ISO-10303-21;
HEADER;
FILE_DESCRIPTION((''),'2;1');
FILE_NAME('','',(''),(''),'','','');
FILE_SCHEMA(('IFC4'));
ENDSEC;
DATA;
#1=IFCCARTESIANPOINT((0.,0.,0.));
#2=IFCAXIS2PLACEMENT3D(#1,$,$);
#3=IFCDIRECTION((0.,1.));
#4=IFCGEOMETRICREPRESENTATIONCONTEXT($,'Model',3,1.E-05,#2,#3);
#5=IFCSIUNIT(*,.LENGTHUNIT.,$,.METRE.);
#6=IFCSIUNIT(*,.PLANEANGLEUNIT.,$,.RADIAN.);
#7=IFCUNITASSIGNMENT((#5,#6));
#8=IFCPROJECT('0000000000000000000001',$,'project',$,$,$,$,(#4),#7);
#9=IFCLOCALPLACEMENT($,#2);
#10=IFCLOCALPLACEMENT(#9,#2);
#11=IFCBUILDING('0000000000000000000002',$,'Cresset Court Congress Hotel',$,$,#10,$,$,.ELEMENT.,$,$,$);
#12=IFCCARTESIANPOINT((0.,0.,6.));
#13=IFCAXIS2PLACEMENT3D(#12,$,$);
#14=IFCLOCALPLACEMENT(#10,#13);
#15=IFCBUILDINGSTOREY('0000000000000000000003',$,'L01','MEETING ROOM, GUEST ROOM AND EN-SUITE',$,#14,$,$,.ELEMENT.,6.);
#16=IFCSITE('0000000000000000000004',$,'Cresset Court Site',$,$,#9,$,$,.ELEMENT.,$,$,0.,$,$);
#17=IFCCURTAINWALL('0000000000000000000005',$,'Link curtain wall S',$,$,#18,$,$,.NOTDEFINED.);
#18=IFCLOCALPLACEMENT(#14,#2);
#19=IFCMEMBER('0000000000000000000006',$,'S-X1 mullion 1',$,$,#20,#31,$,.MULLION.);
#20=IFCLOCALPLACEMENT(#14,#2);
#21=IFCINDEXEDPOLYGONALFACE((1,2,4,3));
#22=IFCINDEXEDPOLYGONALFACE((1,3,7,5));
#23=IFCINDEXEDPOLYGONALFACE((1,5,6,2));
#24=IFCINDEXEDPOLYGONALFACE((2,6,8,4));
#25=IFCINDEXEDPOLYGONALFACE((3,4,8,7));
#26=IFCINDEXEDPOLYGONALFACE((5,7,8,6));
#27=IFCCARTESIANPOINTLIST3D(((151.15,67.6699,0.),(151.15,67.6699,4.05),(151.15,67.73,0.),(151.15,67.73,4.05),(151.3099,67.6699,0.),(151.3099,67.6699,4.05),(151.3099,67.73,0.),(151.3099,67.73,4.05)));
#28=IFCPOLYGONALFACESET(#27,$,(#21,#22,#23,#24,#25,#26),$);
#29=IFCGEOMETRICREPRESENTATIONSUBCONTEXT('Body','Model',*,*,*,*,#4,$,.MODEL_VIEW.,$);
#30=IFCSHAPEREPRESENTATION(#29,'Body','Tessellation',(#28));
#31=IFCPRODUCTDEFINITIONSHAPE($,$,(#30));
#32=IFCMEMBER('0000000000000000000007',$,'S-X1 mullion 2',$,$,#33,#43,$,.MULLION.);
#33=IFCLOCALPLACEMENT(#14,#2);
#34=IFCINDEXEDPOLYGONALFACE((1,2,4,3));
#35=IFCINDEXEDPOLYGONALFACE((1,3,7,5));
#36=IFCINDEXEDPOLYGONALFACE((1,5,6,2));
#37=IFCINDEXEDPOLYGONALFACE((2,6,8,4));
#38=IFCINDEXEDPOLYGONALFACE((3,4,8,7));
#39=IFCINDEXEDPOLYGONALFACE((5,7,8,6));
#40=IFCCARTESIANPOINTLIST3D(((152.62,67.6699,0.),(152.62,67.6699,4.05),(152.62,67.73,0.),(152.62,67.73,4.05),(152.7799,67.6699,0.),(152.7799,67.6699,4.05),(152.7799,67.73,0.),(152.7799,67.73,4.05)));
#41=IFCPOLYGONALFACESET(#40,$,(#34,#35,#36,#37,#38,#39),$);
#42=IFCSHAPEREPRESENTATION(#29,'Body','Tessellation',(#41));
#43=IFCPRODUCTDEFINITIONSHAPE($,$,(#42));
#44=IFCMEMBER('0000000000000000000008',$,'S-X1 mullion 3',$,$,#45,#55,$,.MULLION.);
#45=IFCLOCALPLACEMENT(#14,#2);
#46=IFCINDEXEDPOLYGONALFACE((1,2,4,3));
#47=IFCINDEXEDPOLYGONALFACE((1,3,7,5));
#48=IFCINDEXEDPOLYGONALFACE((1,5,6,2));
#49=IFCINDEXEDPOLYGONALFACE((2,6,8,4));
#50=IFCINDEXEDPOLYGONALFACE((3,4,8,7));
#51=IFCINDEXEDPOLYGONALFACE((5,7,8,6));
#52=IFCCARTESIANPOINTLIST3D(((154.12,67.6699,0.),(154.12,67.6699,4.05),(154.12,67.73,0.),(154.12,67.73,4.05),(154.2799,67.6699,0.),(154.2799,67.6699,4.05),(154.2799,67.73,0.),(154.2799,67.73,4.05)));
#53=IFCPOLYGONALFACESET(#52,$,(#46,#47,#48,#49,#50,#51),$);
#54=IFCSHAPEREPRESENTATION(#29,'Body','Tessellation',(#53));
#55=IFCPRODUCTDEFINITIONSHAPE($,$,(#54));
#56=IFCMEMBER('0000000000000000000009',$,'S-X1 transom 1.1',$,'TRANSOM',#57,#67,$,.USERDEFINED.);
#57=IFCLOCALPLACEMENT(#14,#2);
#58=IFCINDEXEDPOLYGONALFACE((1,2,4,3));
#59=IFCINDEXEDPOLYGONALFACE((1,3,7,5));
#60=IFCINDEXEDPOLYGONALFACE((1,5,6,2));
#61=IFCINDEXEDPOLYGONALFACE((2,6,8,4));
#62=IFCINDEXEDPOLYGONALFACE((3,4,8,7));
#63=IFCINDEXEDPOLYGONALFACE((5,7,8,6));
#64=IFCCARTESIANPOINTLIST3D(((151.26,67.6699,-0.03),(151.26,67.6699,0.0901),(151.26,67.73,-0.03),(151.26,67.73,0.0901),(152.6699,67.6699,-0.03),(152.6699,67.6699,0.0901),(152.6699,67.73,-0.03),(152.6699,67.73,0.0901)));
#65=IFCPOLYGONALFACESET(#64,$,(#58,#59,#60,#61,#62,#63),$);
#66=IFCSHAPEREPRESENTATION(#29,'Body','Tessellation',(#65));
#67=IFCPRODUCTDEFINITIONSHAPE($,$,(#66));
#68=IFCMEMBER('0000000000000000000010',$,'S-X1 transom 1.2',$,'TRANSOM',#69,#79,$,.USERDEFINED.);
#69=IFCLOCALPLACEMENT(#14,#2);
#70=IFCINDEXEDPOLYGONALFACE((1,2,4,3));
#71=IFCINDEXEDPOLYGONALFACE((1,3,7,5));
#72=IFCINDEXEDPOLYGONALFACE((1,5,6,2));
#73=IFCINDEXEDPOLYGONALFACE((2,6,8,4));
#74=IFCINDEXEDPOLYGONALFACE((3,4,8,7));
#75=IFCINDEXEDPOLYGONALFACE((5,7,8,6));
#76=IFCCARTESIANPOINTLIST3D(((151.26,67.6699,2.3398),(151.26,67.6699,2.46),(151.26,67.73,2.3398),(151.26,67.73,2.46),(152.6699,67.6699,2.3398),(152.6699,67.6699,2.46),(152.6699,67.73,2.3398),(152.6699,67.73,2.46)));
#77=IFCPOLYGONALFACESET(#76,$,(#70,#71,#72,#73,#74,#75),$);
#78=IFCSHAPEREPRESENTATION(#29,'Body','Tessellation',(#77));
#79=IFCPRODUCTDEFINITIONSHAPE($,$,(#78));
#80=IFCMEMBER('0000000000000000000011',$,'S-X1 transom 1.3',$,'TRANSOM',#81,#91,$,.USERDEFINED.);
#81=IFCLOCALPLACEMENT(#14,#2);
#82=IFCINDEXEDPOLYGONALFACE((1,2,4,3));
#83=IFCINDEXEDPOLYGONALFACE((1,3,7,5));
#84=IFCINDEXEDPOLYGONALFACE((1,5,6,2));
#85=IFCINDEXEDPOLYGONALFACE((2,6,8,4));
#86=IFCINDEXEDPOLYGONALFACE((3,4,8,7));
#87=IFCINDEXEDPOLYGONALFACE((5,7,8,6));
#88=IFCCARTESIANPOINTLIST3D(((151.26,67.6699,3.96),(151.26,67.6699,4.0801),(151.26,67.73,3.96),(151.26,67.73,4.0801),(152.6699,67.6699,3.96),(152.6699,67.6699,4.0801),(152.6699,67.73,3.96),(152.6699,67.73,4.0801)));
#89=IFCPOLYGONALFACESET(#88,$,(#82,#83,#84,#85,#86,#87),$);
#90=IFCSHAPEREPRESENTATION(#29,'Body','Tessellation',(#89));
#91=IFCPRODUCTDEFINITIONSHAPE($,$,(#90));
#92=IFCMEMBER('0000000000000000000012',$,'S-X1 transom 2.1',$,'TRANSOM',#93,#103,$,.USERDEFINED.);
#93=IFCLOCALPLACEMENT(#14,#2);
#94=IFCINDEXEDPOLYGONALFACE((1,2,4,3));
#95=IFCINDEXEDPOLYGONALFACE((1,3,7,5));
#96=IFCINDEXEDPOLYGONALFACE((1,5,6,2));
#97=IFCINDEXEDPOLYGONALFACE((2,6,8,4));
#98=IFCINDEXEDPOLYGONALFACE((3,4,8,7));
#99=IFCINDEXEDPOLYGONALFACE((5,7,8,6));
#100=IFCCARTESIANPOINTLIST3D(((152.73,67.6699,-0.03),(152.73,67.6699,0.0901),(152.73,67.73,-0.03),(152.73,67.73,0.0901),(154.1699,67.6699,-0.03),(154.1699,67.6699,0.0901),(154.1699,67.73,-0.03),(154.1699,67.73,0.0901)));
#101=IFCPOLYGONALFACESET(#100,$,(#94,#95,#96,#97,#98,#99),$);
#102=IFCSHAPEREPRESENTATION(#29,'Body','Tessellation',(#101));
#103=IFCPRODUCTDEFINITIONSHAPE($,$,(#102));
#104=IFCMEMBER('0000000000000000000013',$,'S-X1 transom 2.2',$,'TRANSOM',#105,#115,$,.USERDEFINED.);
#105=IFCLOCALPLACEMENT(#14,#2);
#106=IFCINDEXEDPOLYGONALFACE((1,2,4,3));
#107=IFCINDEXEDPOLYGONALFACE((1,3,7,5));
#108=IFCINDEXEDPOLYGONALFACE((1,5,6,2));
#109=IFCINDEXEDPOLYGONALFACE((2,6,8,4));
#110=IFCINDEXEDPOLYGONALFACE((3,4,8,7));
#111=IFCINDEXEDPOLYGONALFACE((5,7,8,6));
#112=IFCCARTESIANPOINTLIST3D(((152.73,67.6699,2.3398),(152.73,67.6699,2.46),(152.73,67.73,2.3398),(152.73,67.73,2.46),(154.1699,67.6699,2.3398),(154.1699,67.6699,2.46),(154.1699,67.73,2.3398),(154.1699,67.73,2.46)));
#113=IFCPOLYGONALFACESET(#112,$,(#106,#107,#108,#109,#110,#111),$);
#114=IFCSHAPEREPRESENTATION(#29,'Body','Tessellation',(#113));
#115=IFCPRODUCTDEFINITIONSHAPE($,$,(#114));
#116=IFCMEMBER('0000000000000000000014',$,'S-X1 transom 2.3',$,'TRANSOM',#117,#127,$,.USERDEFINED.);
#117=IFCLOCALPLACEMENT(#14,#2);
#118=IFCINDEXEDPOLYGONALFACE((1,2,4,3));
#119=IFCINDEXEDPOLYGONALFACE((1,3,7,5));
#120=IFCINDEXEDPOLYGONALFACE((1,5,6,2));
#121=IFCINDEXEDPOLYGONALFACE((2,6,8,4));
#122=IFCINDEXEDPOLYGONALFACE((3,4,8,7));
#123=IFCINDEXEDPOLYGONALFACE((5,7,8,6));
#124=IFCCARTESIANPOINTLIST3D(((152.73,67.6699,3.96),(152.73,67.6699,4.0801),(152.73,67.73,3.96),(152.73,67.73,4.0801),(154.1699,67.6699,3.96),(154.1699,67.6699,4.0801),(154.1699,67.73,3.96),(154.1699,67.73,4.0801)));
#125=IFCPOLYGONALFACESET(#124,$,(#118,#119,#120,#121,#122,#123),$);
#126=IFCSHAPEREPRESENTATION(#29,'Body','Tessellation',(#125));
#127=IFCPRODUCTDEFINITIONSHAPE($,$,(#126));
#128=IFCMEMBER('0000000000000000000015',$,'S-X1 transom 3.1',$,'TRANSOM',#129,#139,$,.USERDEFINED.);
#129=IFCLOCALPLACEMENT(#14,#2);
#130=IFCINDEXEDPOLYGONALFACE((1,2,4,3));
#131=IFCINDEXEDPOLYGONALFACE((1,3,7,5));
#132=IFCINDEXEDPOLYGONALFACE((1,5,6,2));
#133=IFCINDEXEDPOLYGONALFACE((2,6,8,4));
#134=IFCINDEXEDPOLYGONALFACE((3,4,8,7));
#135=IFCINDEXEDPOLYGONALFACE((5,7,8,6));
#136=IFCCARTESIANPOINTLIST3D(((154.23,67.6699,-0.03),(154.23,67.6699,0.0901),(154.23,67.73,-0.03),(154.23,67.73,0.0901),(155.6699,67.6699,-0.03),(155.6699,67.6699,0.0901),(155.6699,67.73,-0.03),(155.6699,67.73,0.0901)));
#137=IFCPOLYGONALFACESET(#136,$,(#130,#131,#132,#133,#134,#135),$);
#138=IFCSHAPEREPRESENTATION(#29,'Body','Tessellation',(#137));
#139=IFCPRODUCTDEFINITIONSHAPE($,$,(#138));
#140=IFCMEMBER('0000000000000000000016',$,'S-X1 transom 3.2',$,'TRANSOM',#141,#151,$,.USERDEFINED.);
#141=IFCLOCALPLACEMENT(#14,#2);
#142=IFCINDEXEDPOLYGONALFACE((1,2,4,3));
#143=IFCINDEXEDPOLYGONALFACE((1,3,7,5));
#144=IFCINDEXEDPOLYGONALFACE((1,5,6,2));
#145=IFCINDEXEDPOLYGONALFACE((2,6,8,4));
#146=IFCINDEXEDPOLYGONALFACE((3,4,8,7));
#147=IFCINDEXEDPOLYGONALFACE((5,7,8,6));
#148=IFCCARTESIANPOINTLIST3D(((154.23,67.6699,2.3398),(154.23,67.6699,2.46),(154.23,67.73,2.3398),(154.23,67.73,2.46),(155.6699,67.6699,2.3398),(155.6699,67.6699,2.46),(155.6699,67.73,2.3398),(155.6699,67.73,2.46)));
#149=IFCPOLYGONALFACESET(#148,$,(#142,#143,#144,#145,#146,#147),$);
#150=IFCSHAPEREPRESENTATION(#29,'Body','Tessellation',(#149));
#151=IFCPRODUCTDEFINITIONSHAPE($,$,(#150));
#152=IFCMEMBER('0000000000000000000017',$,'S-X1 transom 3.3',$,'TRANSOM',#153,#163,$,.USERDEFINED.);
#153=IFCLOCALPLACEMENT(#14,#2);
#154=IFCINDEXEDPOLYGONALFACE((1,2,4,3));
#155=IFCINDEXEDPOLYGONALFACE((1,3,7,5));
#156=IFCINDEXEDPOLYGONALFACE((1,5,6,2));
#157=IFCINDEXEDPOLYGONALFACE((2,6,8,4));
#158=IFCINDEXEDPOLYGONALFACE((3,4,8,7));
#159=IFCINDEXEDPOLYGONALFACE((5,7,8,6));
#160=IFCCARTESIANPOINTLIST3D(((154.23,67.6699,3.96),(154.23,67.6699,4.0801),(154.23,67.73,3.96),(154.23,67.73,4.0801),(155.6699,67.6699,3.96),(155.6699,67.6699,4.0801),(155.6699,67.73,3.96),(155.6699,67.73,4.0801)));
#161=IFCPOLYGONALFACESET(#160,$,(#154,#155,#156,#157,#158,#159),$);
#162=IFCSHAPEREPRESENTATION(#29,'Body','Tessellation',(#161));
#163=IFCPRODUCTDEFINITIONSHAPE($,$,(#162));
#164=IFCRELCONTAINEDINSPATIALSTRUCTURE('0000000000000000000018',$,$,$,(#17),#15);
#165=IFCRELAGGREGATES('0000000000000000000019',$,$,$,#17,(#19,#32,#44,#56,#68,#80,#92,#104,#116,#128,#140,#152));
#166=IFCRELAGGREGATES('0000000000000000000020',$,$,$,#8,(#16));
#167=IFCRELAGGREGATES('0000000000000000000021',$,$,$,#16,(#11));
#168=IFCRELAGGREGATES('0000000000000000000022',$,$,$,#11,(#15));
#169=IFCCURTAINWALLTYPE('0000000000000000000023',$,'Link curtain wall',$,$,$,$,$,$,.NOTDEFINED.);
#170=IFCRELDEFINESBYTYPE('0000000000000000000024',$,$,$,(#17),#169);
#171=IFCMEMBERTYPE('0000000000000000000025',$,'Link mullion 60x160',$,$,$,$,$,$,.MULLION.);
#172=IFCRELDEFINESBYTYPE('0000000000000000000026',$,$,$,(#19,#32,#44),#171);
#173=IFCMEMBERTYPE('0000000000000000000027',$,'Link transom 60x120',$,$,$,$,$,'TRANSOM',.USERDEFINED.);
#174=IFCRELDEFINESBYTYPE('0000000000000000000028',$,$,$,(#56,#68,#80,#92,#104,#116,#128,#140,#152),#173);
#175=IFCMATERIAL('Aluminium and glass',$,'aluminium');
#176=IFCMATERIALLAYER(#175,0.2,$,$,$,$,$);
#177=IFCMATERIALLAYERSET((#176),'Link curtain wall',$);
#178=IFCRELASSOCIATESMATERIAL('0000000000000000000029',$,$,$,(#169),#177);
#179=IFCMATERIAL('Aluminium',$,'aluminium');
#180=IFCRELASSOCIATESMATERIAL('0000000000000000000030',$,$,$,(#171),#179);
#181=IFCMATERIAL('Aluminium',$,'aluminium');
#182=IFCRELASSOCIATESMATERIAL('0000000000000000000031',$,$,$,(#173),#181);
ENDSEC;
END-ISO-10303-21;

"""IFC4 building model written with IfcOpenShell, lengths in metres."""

from ifc_helpers import new_model, si_unit, direction, frame, origin, origin_2d, place, context, subcontext, project, spatial, rectangle, extrude, material, layer, layer_set, material_profile, profile_set, type_object, element, aggregate, save


model = new_model("IFC4")

# Units and contexts
model_context = context("Model", 3, precision=1e-05, world=origin(), true_north=direction((0.0, 1.0)))
body_context = subcontext(model_context, "Body", "Model", "MODEL_VIEW")
ifc_project = project(units=[si_unit("LENGTHUNIT", "METRE"), si_unit("PLANEANGLEUNIT", "RADIAN")], contexts=[model_context])

# Site, building, storey
site_placement = place(None, origin())
site = spatial("IfcSite", under=ifc_project, at=site_placement, Name="Cresset Court Site", CompositionType="ELEMENT", RefElevation=0.0)
building_placement = place(site_placement, origin())
building = spatial("IfcBuilding", under=site, at=building_placement, Name="Cresset Court Congress Hotel", CompositionType="ELEMENT")
storey_placement = place(building_placement, frame((0.0, 0.0, 6.0)))
storey = spatial("IfcBuildingStorey", under=building, at=storey_placement, Name="L01", Description="MEETING ROOM, GUEST ROOM AND EN-SUITE", CompositionType="ELEMENT", Elevation=6.0)

# Curtain wall, members
ifc_material_1 = material(Name="Aluminium and glass", Category="aluminium")
ifc_layer_1 = layer(ifc_material_1, 0.2)
ifc_layer_set_1 = layer_set([ifc_layer_1], Name="Link curtain wall")
curtain_wall_type = type_object("IfcCurtainWallType", Name="Link curtain wall", PredefinedType="NOTDEFINED", material=ifc_layer_set_1)
curtain_wall_placement = place(storey_placement, origin())
curtain_wall = element("IfcCurtainWall", 1, at=curtain_wall_placement, inside=storey, type_object=curtain_wall_type, Name="Link curtain wall S", PredefinedType="NOTDEFINED")
ifc_material_2 = material(Name="Aluminium", Category="aluminium")
ifc_material_profile_1 = material_profile(ifc_material_2, rectangle(XDim=0.0601, YDim=0.1599, at=origin_2d()), Name="Mullion 60x160")
ifc_profile_set_1 = profile_set([ifc_material_profile_1], Name="Aluminium")
member_type_1 = type_object("IfcMemberType", Name="Link mullion 60x160", PredefinedType="MULLION", material=ifc_profile_set_1)
member_1_placement = place(storey_placement, frame((151.23, 67.7, 0.0), z_axis=(0.0, 0.0, 1.0), x_axis=(0.0, 1.0, 0.0)))
member_1 = element("IfcMember", 2, at=member_1_placement, type_object=member_type_1, Name="S-X1 mullion 1", PredefinedType="MULLION", context=body_context, shape_type="SweptSolid", body=[
    extrude(rectangle(XDim=0.0601, YDim=0.1599, at=origin_2d()), origin(), (0.0, 0.0, 1.0), 4.05),
])
member_2_placement = place(storey_placement, frame((152.7, 67.7, 0.0), z_axis=(0.0, 0.0, 1.0), x_axis=(0.0, 1.0, 0.0)))
member_2 = element("IfcMember", 3, at=member_2_placement, type_object=member_type_1, Name="S-X1 mullion 2", PredefinedType="MULLION", context=body_context, shape_type="SweptSolid", body=[
    extrude(rectangle(XDim=0.0601, YDim=0.1599, at=origin_2d()), origin(), (0.0, 0.0, 1.0), 4.05),
])
member_3_placement = place(storey_placement, frame((154.2, 67.7, 0.0), z_axis=(0.0, 0.0, 1.0), x_axis=(0.0, 1.0, 0.0)))
member_3 = element("IfcMember", 4, at=member_3_placement, type_object=member_type_1, Name="S-X1 mullion 3", PredefinedType="MULLION", context=body_context, shape_type="SweptSolid", body=[
    extrude(rectangle(XDim=0.0601, YDim=0.1599, at=origin_2d()), origin(), (0.0, 0.0, 1.0), 4.05),
])
ifc_material_3 = material(Name="Aluminium", Category="aluminium")
ifc_material_profile_2 = material_profile(ifc_material_3, rectangle(XDim=0.0601, YDim=0.1201, at=origin_2d()), Name="Transom 60x120")
ifc_profile_set_2 = profile_set([ifc_material_profile_2], Name="Aluminium")
member_type_2 = type_object("IfcMemberType", Name="Link transom 60x120", ElementType="TRANSOM", PredefinedType="USERDEFINED", material=ifc_profile_set_2)
member_4_placement = place(storey_placement, frame((151.26, 67.7, 0.03), z_axis=(1.0, 0.0, 0.0), x_axis=(0.0, 1.0, 0.0)))
member_4 = element("IfcMember", 5, at=member_4_placement, type_object=member_type_2, Name="S-X1 transom 1.1", ObjectType="TRANSOM", PredefinedType="USERDEFINED", context=body_context, shape_type="SweptSolid", body=[
    extrude(rectangle(XDim=0.0601, YDim=0.1201, at=origin_2d()), origin(), (0.0, 0.0, 1.0), 1.4099),
])
member_5_placement = place(storey_placement, frame((151.26, 67.7, 2.3999), z_axis=(1.0, 0.0, 0.0), x_axis=(0.0, 1.0, 0.0)))
member_5 = element("IfcMember", 6, at=member_5_placement, type_object=member_type_2, Name="S-X1 transom 1.2", ObjectType="TRANSOM", PredefinedType="USERDEFINED", context=body_context, shape_type="SweptSolid", body=[
    extrude(rectangle(XDim=0.0601, YDim=0.1201, at=origin_2d()), origin(), (0.0, 0.0, 1.0), 1.4099),
])
member_6_placement = place(storey_placement, frame((151.26, 67.7, 4.02), z_axis=(1.0, 0.0, 0.0), x_axis=(0.0, 1.0, 0.0)))
member_6 = element("IfcMember", 7, at=member_6_placement, type_object=member_type_2, Name="S-X1 transom 1.3", ObjectType="TRANSOM", PredefinedType="USERDEFINED", context=body_context, shape_type="SweptSolid", body=[
    extrude(rectangle(XDim=0.0601, YDim=0.1201, at=origin_2d()), origin(), (0.0, 0.0, 1.0), 1.4099),
])
member_7_placement = place(storey_placement, frame((152.73, 67.7, 0.03), z_axis=(1.0, 0.0, 0.0), x_axis=(0.0, 1.0, 0.0)))
member_7 = element("IfcMember", 8, at=member_7_placement, type_object=member_type_2, Name="S-X1 transom 2.1", ObjectType="TRANSOM", PredefinedType="USERDEFINED", context=body_context, shape_type="SweptSolid", body=[
    extrude(rectangle(XDim=0.0601, YDim=0.1201, at=origin_2d()), origin(), (0.0, 0.0, 1.0), 1.4399),
])
member_8_placement = place(storey_placement, frame((152.73, 67.7, 2.3999), z_axis=(1.0, 0.0, 0.0), x_axis=(0.0, 1.0, 0.0)))
member_8 = element("IfcMember", 9, at=member_8_placement, type_object=member_type_2, Name="S-X1 transom 2.2", ObjectType="TRANSOM", PredefinedType="USERDEFINED", context=body_context, shape_type="SweptSolid", body=[
    extrude(rectangle(XDim=0.0601, YDim=0.1201, at=origin_2d()), origin(), (0.0, 0.0, 1.0), 1.4399),
])
member_9_placement = place(storey_placement, frame((152.73, 67.7, 4.02), z_axis=(1.0, 0.0, 0.0), x_axis=(0.0, 1.0, 0.0)))
member_9 = element("IfcMember", 10, at=member_9_placement, type_object=member_type_2, Name="S-X1 transom 2.3", ObjectType="TRANSOM", PredefinedType="USERDEFINED", context=body_context, shape_type="SweptSolid", body=[
    extrude(rectangle(XDim=0.0601, YDim=0.1201, at=origin_2d()), origin(), (0.0, 0.0, 1.0), 1.4399),
])
member_10_placement = place(storey_placement, frame((154.23, 67.7, 0.03), z_axis=(1.0, 0.0, 0.0), x_axis=(0.0, 1.0, 0.0)))
member_10 = element("IfcMember", 11, at=member_10_placement, type_object=member_type_2, Name="S-X1 transom 3.1", ObjectType="TRANSOM", PredefinedType="USERDEFINED", context=body_context, shape_type="SweptSolid", body=[
    extrude(rectangle(XDim=0.0601, YDim=0.1201, at=origin_2d()), origin(), (0.0, 0.0, 1.0), 1.4399),
])
member_11_placement = place(storey_placement, frame((154.23, 67.7, 2.3999), z_axis=(1.0, 0.0, 0.0), x_axis=(0.0, 1.0, 0.0)))
member_11 = element("IfcMember", 12, at=member_11_placement, type_object=member_type_2, Name="S-X1 transom 3.2", ObjectType="TRANSOM", PredefinedType="USERDEFINED", context=body_context, shape_type="SweptSolid", body=[
    extrude(rectangle(XDim=0.0601, YDim=0.1201, at=origin_2d()), origin(), (0.0, 0.0, 1.0), 1.4399),
])
member_12_placement = place(storey_placement, frame((154.23, 67.7, 4.02), z_axis=(1.0, 0.0, 0.0), x_axis=(0.0, 1.0, 0.0)))
member_12 = element("IfcMember", 13, at=member_12_placement, type_object=member_type_2, Name="S-X1 transom 3.3", ObjectType="TRANSOM", PredefinedType="USERDEFINED", context=body_context, shape_type="SweptSolid", body=[
    extrude(rectangle(XDim=0.0601, YDim=0.1201, at=origin_2d()), origin(), (0.0, 0.0, 1.0), 1.4399),
])

aggregate(curtain_wall, [member_1, member_2, member_3, member_4, member_5, member_6, member_7, member_8, member_9, member_10, member_11, member_12])

save(model, "model.ifc")
